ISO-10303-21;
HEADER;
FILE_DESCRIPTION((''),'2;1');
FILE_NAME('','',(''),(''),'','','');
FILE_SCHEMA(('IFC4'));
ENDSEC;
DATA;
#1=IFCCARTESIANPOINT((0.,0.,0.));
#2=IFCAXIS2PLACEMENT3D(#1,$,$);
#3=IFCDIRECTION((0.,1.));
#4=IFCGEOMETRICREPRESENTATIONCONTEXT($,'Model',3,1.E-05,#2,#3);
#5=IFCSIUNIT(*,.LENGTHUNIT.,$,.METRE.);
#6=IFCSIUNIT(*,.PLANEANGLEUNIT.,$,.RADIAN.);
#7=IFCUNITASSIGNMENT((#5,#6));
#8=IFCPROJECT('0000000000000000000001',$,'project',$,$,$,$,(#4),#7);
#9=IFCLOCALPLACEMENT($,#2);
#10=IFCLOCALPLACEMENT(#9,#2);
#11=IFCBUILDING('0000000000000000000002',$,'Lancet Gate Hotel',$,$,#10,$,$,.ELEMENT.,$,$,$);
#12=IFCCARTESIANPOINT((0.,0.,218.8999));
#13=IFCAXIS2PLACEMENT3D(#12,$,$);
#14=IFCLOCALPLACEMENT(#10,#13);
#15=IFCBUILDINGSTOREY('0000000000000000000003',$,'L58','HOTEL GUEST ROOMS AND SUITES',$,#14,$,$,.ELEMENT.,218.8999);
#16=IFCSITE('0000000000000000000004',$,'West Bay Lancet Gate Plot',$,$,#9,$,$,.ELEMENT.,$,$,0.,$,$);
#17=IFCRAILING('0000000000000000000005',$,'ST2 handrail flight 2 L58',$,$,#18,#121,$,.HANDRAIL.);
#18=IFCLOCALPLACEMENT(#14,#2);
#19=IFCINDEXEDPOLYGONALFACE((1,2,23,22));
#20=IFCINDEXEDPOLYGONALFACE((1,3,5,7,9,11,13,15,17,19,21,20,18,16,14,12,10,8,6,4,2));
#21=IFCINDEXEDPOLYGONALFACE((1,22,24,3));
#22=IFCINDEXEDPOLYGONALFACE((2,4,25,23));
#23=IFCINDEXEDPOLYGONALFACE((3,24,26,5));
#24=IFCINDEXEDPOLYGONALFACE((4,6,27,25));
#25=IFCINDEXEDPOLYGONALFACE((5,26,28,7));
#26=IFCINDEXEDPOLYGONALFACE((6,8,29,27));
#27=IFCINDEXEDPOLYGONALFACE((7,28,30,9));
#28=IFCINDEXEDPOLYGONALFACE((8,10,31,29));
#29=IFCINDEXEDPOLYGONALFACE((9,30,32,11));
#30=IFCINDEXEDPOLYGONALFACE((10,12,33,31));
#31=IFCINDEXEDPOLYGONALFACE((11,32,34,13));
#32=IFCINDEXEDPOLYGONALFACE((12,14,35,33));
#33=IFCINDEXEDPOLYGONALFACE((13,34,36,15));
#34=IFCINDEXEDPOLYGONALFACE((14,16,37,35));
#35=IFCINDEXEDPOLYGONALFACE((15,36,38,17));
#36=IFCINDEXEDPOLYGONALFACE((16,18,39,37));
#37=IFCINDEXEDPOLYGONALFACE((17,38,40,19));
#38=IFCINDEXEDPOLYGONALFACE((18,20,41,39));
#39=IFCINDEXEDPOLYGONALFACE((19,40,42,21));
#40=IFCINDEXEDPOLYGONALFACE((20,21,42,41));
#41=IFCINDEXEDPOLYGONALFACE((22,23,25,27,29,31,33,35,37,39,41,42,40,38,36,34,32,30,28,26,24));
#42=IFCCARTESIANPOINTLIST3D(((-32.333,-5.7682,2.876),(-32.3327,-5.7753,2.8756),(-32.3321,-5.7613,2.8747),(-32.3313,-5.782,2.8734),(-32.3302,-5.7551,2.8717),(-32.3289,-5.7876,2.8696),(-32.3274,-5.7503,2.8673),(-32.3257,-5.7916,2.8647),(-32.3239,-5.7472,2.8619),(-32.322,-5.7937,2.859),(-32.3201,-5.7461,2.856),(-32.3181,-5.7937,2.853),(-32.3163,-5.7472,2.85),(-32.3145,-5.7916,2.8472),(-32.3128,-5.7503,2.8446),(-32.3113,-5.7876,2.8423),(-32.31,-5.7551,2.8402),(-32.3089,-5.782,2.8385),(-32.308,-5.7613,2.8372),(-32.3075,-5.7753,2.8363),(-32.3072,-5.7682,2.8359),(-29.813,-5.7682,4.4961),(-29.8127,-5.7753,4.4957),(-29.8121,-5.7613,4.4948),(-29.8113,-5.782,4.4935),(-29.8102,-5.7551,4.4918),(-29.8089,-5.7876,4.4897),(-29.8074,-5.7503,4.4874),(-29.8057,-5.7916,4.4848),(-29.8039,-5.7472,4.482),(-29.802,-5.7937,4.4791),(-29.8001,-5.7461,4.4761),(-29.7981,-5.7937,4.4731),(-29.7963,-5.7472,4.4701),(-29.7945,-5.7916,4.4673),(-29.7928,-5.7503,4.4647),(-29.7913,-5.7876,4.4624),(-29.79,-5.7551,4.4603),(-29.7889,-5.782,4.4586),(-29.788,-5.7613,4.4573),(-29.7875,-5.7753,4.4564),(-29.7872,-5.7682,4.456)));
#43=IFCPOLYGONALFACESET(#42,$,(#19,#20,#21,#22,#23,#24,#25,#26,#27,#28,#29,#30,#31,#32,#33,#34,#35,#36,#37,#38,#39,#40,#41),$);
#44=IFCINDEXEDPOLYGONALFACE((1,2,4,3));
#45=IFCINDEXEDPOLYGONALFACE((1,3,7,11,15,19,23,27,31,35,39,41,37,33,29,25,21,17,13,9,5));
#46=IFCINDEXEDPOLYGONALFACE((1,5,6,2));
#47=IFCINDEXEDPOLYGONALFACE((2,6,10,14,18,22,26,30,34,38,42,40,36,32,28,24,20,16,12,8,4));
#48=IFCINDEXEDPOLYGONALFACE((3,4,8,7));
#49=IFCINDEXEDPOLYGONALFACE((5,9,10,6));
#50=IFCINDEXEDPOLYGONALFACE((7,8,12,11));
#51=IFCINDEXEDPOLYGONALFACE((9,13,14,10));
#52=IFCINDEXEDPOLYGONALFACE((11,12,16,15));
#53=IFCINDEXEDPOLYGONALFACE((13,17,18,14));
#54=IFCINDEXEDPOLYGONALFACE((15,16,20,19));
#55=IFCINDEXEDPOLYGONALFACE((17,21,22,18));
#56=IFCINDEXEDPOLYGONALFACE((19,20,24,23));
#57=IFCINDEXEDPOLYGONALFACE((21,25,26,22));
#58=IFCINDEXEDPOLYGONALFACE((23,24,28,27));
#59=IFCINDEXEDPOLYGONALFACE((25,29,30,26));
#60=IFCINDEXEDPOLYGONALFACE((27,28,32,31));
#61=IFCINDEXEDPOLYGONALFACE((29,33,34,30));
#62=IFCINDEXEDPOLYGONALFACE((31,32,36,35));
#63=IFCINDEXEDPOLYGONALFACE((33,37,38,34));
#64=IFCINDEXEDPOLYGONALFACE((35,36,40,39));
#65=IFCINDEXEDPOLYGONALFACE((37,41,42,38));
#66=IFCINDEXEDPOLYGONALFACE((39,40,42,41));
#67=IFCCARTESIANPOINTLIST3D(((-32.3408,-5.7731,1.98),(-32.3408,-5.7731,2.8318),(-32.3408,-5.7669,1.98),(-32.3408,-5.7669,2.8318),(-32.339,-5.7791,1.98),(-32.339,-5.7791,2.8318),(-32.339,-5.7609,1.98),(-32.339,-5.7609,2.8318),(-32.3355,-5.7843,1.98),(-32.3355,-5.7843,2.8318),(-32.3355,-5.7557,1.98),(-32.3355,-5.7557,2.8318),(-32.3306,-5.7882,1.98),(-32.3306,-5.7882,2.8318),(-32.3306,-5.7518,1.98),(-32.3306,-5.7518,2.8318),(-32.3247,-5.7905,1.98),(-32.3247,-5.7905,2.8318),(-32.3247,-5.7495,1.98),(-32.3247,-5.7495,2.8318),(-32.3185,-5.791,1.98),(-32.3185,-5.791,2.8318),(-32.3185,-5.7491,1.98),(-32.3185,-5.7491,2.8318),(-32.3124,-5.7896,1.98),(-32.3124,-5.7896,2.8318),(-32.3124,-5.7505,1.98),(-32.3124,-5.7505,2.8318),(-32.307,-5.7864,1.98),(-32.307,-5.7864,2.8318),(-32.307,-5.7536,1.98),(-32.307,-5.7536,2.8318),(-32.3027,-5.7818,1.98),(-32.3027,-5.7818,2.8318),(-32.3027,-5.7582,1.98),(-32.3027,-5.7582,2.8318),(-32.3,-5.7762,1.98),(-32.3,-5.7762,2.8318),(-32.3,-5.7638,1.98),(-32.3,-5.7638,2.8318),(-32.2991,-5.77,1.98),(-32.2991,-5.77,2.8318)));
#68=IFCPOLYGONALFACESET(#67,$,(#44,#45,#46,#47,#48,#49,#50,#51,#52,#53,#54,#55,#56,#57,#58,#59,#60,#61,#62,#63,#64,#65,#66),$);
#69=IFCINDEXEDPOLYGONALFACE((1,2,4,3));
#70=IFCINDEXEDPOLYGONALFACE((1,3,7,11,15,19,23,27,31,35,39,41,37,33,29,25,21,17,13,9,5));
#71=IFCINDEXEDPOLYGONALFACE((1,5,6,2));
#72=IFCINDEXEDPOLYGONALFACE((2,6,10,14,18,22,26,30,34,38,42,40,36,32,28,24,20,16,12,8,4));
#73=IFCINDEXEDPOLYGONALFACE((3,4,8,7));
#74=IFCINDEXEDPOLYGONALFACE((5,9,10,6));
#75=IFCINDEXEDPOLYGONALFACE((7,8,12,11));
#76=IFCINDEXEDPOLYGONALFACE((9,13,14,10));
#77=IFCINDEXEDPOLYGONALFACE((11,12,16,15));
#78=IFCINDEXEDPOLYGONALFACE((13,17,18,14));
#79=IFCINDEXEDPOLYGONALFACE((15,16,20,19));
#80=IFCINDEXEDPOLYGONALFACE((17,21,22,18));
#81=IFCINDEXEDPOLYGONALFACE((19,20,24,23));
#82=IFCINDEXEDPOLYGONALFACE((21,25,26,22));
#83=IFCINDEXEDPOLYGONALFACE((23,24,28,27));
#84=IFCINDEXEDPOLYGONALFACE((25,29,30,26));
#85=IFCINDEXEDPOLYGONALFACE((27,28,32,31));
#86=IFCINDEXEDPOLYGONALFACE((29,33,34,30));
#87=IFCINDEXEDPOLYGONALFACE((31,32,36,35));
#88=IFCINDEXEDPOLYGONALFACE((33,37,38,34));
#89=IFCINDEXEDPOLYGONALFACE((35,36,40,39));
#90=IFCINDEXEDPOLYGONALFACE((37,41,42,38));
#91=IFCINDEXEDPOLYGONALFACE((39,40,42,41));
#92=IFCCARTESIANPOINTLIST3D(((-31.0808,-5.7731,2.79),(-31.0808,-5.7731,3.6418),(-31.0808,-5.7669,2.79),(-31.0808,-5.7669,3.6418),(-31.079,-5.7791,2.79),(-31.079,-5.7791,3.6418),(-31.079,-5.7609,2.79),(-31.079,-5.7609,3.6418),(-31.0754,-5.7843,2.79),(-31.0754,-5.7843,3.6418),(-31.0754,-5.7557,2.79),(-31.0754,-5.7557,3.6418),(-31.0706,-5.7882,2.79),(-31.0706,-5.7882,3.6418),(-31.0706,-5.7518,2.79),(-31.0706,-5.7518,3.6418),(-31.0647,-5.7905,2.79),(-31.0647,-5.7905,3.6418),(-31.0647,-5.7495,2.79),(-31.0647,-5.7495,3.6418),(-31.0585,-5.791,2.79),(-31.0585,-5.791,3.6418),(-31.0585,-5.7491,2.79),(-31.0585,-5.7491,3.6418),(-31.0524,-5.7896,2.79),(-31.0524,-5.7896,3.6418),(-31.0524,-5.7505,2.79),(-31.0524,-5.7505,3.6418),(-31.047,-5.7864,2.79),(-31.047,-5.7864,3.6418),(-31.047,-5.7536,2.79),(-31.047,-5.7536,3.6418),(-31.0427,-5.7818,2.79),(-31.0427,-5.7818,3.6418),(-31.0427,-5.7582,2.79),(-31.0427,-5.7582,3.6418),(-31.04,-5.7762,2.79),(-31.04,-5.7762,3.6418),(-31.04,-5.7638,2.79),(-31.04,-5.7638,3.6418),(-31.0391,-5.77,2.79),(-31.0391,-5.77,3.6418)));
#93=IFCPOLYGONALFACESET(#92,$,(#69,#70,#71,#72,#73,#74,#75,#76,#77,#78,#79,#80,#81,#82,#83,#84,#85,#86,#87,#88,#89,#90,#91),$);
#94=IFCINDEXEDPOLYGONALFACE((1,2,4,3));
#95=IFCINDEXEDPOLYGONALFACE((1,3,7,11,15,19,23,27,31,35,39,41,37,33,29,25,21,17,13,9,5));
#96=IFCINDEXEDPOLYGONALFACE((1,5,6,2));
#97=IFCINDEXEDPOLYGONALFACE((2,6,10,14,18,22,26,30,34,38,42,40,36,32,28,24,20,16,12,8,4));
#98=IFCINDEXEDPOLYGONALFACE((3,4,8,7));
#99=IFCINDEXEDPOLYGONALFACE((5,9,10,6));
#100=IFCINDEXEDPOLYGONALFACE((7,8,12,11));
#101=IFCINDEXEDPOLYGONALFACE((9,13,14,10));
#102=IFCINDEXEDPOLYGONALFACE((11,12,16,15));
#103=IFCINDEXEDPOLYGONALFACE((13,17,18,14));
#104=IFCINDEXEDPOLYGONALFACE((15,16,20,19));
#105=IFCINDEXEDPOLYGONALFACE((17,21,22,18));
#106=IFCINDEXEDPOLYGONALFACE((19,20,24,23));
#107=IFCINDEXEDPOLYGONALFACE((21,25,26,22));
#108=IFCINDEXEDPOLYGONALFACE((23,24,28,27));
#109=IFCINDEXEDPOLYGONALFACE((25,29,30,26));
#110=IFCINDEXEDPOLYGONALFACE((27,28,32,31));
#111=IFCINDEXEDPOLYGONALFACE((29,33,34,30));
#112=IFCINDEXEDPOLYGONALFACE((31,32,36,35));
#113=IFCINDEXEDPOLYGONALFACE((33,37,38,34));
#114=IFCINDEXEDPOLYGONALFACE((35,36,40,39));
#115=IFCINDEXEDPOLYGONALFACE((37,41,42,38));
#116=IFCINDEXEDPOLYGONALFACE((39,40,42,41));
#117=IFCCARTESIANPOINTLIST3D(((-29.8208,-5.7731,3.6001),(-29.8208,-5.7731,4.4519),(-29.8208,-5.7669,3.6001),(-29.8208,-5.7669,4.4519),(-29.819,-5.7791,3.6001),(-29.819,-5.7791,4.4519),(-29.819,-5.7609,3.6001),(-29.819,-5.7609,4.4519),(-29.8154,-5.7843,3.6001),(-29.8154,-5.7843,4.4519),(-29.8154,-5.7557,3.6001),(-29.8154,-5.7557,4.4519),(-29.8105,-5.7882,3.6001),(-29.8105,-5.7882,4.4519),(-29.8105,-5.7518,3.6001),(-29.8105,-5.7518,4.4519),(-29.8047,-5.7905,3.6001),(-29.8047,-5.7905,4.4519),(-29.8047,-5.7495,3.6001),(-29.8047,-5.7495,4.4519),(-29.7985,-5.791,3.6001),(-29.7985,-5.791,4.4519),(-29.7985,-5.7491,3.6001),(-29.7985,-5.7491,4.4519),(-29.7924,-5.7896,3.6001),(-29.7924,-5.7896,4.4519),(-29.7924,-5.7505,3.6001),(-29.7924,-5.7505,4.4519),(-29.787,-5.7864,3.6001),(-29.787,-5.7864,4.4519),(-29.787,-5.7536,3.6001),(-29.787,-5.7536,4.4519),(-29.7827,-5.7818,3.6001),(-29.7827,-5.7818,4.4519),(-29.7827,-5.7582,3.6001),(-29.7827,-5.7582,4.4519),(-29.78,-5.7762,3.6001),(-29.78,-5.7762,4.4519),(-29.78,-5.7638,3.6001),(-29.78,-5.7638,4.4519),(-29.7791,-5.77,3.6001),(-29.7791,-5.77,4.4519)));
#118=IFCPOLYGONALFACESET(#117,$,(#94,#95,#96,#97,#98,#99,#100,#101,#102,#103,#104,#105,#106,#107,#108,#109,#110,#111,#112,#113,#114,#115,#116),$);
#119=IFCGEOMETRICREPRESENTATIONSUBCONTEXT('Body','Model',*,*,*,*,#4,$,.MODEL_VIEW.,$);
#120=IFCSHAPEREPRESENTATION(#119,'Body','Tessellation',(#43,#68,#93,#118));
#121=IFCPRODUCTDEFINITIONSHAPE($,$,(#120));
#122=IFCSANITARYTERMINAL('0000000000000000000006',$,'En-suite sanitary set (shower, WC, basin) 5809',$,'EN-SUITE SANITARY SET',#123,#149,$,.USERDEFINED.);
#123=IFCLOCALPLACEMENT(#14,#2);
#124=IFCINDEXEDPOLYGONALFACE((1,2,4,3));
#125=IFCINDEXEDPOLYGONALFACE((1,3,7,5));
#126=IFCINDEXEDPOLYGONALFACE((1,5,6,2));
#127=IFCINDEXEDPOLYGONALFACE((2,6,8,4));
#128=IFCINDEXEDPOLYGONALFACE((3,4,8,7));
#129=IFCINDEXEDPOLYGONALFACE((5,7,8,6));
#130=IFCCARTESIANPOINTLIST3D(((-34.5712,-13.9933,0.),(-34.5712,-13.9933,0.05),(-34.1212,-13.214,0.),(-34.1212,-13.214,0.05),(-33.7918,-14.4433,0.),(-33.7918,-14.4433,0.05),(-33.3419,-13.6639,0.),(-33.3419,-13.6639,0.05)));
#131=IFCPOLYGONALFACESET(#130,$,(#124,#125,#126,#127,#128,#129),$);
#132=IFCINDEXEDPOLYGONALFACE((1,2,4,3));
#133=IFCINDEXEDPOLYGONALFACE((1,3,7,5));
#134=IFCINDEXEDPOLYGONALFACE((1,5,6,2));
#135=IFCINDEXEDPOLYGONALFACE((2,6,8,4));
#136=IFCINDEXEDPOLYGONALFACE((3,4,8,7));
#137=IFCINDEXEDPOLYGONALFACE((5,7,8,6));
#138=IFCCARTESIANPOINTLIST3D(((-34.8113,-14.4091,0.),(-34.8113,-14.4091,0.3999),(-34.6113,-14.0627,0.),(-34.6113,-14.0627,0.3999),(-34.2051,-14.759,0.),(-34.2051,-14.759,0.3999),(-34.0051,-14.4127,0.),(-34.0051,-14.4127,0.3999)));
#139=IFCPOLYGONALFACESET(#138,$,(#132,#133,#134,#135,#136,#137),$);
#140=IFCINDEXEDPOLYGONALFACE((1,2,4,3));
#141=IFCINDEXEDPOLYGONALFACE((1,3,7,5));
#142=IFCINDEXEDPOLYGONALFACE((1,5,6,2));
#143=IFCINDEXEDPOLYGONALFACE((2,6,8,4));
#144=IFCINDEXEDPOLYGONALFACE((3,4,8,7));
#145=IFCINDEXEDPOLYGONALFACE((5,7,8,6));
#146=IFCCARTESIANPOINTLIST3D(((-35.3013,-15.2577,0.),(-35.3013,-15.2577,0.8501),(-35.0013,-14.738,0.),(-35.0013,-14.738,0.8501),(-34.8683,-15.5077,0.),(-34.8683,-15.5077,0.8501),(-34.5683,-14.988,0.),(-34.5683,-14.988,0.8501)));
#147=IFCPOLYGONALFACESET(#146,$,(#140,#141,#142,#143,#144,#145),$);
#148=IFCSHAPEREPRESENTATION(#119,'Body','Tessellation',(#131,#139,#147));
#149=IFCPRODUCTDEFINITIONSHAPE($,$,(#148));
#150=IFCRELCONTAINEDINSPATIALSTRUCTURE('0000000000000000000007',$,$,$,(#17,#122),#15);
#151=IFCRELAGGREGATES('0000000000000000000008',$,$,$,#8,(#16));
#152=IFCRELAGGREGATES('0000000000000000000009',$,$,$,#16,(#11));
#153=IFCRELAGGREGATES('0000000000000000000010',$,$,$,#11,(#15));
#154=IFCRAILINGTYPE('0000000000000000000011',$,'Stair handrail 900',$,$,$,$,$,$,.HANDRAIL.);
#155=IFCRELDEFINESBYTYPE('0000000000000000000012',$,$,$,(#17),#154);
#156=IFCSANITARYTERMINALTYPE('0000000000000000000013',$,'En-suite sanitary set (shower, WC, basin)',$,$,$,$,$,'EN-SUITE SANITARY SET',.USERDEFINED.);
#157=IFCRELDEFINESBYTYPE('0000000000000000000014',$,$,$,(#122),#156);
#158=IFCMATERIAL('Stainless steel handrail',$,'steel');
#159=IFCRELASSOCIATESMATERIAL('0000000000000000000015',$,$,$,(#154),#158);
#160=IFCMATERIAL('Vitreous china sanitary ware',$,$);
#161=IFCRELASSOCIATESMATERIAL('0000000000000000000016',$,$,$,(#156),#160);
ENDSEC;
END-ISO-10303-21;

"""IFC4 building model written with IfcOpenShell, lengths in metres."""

from ifc_helpers import new_model, si_unit, direction, frame, origin, origin_2d, place, context, subcontext, project, spatial, rectangle, circle, extrude, material, type_object, element, save


model = new_model("IFC4")

# Units and contexts
model_context = context("Model", 3, precision=1e-05, world=origin(), true_north=direction((0.0, 1.0)))
body_context = subcontext(model_context, "Body", "Model", "MODEL_VIEW")
ifc_project = project(units=[si_unit("LENGTHUNIT", "METRE"), si_unit("PLANEANGLEUNIT", "RADIAN")], contexts=[model_context])

# Site, building, storey
site_placement = place(None, origin())
site = spatial("IfcSite", under=ifc_project, at=site_placement, Name="West Bay Lancet Gate Plot", CompositionType="ELEMENT", RefElevation=0.0)
building_placement = place(site_placement, origin())
building = spatial("IfcBuilding", under=site, at=building_placement, Name="Lancet Gate Hotel", CompositionType="ELEMENT")
storey_placement = place(building_placement, frame((0.0, 0.0, 218.8999)))
storey = spatial("IfcBuildingStorey", under=building, at=storey_placement, Name="L58", Description="HOTEL GUEST ROOMS AND SUITES", CompositionType="ELEMENT", Elevation=218.8999)

# Railing
ifc_material_1 = material(Name="Stainless steel handrail", Category="steel")
railing_type = type_object("IfcRailingType", Name="Stair handrail 900", PredefinedType="HANDRAIL", material=ifc_material_1)
railing_1_placement = place(storey_placement, frame((-32.3201, -5.77, 1.98)))
element("IfcRailing", 1, at=railing_1_placement, inside=storey, type_object=railing_type, Name="ST2 handrail flight 2 L58", PredefinedType="HANDRAIL", context=body_context, shape_type="SweptSolid", body=[
    extrude(circle(Radius=0.0239, at=origin_2d()), frame((0.0, 0.0, 0.876), z_axis=(0.841163, 0.0, 0.540782), x_axis=(0.0, 1.0, 0.0)), (0.0, 0.0, 1.0), 2.9958),
    extrude(circle(Radius=0.021, at=origin_2d()), origin(), (0.0, 0.0, 1.0), 0.8518),
    extrude(circle(Radius=0.021, at=origin_2d()), frame((1.26, 0.0, 0.8101)), (0.0, 0.0, 1.0), 0.8518),
    extrude(circle(Radius=0.021, at=origin_2d()), frame((2.52, 0.0, 1.6201)), (0.0, 0.0, 1.0), 0.8518),
])

# Sanitary terminal
ifc_material_2 = material(Name="Vitreous china sanitary ware")
sanitary_terminal_type = type_object("IfcSanitaryTerminalType", Name="En-suite sanitary set (shower, WC, basin)", ElementType="EN-SUITE SANITARY SET", PredefinedType="USERDEFINED", material=ifc_material_2)
sanitary_terminal_placement = place(storey_placement, frame((-33.9565, -13.8286, 0.0), z_axis=(0.0, 0.0, 1.0), x_axis=(1.0, 0.0, 0.0)))
element("IfcSanitaryTerminal", 2, at=sanitary_terminal_placement, inside=storey, type_object=sanitary_terminal_type, Name="En-suite sanitary set (shower, WC, basin) 5809", ObjectType="EN-SUITE SANITARY SET", PredefinedType="USERDEFINED", context=body_context, shape_type="SweptSolid", body=[
    extrude(rectangle(XDim=0.8999, YDim=0.8999, at=origin_2d()), frame((0.0, 0.0, 0.0), z_axis=(0.0, 0.0, 1.0), x_axis=(0.5, 0.866025, 0.0)), (0.0, 0.0, 1.0), 0.05),
    extrude(rectangle(XDim=0.3999, YDim=0.7, at=origin_2d()), frame((-0.4517, -0.5823, 0.0), z_axis=(0.0, 0.0, 1.0), x_axis=(0.5, 0.866025, 0.0)), (0.0, 0.0, 1.0), 0.3999),
    extrude(rectangle(XDim=0.6001, YDim=0.5, at=origin_2d()), frame((-0.9783, -1.2942, 0.0), z_axis=(0.0, 0.0, 1.0), x_axis=(0.5, 0.866025, 0.0)), (0.0, 0.0, 1.0), 0.8501),
])

save(model, "model.ifc")
